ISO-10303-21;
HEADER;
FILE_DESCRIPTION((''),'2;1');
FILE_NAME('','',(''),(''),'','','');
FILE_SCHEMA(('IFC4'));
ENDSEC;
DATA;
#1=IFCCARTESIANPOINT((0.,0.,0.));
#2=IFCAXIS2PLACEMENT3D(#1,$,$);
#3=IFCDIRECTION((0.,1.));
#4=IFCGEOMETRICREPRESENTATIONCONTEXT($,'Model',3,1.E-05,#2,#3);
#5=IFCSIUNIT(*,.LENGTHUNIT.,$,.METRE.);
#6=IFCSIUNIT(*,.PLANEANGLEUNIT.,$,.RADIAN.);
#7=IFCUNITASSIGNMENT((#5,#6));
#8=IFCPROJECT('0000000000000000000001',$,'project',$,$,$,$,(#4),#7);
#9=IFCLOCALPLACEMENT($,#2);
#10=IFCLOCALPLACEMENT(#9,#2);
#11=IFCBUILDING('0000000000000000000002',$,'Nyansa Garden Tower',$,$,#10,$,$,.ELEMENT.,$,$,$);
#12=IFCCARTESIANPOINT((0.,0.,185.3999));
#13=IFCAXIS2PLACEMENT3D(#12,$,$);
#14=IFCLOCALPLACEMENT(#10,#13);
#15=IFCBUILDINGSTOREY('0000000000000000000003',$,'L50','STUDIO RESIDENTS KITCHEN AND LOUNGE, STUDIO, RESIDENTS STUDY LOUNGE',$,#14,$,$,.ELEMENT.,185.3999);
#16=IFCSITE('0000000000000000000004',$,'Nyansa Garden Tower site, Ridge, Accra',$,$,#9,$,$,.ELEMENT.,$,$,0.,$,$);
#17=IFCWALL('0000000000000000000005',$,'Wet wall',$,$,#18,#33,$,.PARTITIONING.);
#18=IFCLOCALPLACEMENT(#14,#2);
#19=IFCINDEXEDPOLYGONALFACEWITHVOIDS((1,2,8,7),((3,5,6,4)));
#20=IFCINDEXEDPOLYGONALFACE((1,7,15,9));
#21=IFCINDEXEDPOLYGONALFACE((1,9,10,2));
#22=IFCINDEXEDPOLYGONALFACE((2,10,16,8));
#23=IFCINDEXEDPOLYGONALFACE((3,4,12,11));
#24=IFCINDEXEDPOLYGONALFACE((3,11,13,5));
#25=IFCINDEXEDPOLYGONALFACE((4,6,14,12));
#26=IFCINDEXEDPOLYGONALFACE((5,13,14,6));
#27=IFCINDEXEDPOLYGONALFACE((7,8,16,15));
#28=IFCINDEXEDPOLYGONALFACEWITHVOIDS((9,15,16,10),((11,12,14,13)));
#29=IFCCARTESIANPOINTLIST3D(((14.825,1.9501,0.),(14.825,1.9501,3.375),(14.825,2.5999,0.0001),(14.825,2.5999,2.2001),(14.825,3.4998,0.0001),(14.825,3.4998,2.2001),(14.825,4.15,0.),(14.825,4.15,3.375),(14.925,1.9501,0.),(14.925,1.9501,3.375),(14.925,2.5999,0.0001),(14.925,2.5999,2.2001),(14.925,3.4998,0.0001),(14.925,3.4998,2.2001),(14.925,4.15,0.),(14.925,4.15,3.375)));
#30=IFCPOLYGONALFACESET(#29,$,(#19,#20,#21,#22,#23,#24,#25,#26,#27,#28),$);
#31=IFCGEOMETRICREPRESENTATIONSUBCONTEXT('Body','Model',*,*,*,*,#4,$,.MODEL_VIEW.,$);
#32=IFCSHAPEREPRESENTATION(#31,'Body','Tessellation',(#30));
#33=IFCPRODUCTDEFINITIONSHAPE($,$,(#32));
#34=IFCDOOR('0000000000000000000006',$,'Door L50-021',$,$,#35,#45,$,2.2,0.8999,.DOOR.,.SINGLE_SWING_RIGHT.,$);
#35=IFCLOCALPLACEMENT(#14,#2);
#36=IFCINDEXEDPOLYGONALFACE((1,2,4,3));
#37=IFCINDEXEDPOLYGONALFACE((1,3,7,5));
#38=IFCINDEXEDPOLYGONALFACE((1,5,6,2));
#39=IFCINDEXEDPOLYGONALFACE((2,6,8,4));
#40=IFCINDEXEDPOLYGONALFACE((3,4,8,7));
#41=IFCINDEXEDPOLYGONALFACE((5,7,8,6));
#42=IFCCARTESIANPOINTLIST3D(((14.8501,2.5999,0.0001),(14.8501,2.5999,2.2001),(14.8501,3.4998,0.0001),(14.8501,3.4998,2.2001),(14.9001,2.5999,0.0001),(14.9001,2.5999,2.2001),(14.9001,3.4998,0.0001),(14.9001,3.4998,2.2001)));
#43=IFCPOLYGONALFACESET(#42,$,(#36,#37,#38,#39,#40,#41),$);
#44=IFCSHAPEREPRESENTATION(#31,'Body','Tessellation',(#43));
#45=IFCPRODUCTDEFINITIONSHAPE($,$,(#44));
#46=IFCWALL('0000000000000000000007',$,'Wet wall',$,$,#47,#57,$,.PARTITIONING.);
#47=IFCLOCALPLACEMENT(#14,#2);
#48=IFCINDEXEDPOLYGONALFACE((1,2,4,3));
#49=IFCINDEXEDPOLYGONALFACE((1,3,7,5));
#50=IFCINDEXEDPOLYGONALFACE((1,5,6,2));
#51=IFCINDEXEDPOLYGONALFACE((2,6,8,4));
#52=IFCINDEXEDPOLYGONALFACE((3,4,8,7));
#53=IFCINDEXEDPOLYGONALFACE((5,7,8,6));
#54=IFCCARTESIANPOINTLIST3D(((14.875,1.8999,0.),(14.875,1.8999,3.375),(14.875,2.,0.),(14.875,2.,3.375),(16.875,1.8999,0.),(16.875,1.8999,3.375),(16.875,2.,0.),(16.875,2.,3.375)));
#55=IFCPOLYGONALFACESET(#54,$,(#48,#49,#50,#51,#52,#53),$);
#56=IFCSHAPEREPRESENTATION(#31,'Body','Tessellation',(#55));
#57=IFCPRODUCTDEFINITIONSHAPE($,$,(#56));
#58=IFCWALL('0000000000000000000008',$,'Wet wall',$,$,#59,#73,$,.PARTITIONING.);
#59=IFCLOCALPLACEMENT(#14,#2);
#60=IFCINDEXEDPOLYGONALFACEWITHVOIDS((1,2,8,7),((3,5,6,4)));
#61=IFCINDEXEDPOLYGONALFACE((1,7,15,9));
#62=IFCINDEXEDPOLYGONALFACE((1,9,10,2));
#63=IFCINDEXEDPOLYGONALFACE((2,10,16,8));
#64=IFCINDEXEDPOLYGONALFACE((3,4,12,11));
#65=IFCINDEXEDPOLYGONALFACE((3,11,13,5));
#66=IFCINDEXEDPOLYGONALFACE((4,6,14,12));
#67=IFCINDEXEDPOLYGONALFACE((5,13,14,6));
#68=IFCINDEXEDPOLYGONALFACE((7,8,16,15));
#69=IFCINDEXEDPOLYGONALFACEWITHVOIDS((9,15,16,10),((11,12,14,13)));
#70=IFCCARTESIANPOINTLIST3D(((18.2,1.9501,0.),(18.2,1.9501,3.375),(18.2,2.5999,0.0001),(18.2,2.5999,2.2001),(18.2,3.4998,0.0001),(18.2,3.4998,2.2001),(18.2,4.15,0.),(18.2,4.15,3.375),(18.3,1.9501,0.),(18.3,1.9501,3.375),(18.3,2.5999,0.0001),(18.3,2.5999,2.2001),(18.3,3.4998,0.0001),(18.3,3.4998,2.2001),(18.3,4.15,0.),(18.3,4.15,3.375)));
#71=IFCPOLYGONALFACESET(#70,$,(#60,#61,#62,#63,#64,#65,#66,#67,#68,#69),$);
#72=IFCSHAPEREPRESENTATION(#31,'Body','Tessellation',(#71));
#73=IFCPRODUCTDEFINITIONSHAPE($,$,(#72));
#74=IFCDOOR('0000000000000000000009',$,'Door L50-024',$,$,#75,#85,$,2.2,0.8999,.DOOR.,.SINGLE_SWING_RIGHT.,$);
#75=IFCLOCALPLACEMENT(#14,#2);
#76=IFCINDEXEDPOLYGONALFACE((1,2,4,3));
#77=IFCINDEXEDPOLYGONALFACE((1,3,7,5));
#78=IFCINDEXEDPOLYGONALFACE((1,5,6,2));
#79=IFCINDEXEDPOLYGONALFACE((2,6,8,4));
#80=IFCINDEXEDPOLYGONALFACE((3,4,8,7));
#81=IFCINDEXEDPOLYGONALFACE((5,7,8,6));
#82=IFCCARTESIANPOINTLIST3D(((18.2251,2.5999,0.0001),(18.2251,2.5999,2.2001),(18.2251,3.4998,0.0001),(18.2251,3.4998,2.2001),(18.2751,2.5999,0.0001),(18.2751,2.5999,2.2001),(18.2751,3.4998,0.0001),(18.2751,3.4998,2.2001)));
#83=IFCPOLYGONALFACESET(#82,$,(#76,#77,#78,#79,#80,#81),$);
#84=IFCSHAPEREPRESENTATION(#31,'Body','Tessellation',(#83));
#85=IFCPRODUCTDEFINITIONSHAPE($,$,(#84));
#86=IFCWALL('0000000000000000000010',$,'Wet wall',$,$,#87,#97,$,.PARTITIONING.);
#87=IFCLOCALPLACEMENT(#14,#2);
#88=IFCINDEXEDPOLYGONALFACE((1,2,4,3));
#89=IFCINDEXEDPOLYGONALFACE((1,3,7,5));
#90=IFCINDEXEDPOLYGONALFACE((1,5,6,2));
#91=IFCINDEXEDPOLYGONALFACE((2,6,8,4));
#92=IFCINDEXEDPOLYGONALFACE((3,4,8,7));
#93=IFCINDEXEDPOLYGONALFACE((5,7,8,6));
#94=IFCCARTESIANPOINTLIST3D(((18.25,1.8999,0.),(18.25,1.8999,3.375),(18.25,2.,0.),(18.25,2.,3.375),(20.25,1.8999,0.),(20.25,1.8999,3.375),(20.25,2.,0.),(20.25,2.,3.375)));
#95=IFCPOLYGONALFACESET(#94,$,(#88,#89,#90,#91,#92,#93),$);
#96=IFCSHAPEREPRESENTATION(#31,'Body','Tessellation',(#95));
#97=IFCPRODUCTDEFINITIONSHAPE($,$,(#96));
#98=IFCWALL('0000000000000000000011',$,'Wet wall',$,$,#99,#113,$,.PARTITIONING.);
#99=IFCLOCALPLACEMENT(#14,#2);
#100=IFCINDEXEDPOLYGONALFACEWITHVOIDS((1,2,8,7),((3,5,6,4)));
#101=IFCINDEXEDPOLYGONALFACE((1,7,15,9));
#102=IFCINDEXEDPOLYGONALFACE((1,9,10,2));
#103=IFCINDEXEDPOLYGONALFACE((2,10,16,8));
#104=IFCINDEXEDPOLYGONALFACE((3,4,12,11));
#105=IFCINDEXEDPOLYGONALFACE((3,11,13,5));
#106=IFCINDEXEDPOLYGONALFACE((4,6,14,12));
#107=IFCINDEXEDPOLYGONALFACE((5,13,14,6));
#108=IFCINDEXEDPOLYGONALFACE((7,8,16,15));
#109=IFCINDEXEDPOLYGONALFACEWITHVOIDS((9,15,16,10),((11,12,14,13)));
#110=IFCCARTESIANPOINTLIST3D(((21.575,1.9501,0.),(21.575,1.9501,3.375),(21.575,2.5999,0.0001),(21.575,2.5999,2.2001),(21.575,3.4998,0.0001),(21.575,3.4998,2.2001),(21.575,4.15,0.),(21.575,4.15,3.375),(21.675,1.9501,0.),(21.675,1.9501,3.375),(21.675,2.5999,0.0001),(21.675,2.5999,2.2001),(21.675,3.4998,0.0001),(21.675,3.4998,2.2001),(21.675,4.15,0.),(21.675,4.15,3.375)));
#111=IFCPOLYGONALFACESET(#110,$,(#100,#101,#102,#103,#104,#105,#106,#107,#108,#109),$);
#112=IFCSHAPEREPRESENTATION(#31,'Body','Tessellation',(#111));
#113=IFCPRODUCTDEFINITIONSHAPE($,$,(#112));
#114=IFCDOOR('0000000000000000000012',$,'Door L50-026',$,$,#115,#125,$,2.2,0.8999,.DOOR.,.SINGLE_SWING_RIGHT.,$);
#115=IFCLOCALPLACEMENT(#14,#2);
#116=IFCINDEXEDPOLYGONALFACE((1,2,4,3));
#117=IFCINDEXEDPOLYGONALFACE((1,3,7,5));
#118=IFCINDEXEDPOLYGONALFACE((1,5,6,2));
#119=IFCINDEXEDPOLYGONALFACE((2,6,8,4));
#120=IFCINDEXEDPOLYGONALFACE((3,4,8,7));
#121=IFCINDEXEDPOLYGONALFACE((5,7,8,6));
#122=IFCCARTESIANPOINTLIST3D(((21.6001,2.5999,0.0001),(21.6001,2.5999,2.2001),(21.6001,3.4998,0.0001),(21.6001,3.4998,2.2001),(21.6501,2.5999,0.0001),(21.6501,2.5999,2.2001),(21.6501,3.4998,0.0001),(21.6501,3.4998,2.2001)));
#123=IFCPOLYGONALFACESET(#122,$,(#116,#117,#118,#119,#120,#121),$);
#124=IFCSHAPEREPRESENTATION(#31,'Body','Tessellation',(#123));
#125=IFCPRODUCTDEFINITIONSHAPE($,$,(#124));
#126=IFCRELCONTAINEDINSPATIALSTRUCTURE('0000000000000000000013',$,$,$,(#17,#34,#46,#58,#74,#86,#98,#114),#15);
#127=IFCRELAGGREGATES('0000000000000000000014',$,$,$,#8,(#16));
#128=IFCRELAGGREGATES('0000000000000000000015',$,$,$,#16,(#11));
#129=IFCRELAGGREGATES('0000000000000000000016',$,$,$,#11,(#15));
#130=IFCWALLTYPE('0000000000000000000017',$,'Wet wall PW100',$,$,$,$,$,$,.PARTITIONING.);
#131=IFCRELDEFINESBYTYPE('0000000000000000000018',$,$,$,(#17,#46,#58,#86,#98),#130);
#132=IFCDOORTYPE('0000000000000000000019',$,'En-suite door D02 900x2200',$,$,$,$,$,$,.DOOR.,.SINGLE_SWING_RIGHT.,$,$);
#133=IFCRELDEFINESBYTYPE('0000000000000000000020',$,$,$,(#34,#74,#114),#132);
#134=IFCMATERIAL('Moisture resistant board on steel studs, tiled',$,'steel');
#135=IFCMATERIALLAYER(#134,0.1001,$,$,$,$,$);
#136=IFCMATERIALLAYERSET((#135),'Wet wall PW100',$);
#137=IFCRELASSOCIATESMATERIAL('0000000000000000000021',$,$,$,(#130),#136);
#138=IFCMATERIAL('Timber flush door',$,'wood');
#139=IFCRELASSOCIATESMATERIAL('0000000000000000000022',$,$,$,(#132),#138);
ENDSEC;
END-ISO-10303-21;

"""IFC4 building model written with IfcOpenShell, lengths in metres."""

from ifc_helpers import new_model, si_unit, direction, frame, frame_2d, origin, place, context, subcontext, project, spatial, rectangle, extrude, material, layer, layer_set, type_object, element, fill, save


model = new_model("IFC4")

# Units and contexts
model_context = context("Model", 3, precision=1e-05, world=origin(), true_north=direction((0.0, 1.0)))
body_context = subcontext(model_context, "Body", "Model", "MODEL_VIEW")
ifc_project = project(units=[si_unit("LENGTHUNIT", "METRE"), si_unit("PLANEANGLEUNIT", "RADIAN")], contexts=[model_context])

# Site, building, storey
site_placement = place(None, origin())
site = spatial("IfcSite", under=ifc_project, at=site_placement, Name="Nyansa Garden Tower site, Ridge, Accra", CompositionType="ELEMENT", RefElevation=0.0)
building_placement = place(site_placement, origin())
building = spatial("IfcBuilding", under=site, at=building_placement, Name="Nyansa Garden Tower", CompositionType="ELEMENT")
storey_placement = place(building_placement, frame((0.0, 0.0, 185.3999)))
storey = spatial("IfcBuildingStorey", under=building, at=storey_placement, Name="L50", Description="STUDIO RESIDENTS KITCHEN AND LOUNGE, STUDIO, RESIDENTS STUDY LOUNGE", CompositionType="ELEMENT", Elevation=185.3999)

# Wall, opening, door
ifc_material_1 = material(Name="Moisture resistant board on steel studs, tiled", Category="steel")
ifc_layer_1 = layer(ifc_material_1, 0.1001)
ifc_layer_set_1 = layer_set([ifc_layer_1], Name="Wet wall PW100")
wall_type_1 = type_object("IfcWallType", Name="Wet wall PW100", PredefinedType="PARTITIONING", material=ifc_layer_set_1)
wall_1_placement = place(storey_placement, frame((14.875, 1.95, 0.0), z_axis=(0.0, 0.0, 1.0), x_axis=(0.0, 1.0, 0.0)))
wall_1 = element("IfcWall", 1, at=wall_1_placement, inside=storey, type_object=wall_type_1, Name="Wet wall", PredefinedType="PARTITIONING", context=body_context, shape_type="SweptSolid", body=[
    extrude(rectangle(XDim=2.2, YDim=0.1001, at=frame_2d((1.1001, 0.0))), origin(), (0.0, 0.0, 1.0), 3.375),
])
opening_1_placement = place(wall_1_placement, frame((0.6499, 0.0, 0.0)))
opening_1 = element("IfcOpeningElement", 2, at=opening_1_placement, cuts=wall_1, PredefinedType="OPENING", context=body_context, shape_type="SweptSolid", body=[
    extrude(rectangle(XDim=0.8999, YDim=2.2, at=frame_2d((0.45, 1.1001))), frame((0.0, 0.0601, 0.0), z_axis=(0.0, -1.0, 0.0), x_axis=(1.0, 0.0, 0.0)), (0.0, 0.0, 1.0), 0.1201),
])
ifc_material_2 = material(Name="Timber flush door", Category="wood")
door_type_1 = type_object("IfcDoorType", Name="En-suite door D02 900x2200", OperationType="SINGLE_SWING_RIGHT", PredefinedType="DOOR", material=ifc_material_2)
door_1_placement = place(opening_1_placement, origin())
door_1 = element("IfcDoor", 3, at=door_1_placement, inside=storey, type_object=door_type_1, Name="Door L50-021", OperationType="SINGLE_SWING_RIGHT", OverallHeight=2.2, OverallWidth=0.8999, PredefinedType="DOOR", context=body_context, shape_type="SweptSolid", body=[
    extrude(rectangle(XDim=0.8999, YDim=2.2, at=frame_2d((0.45, 1.1001))), frame((0.0, 0.0249, 0.0), z_axis=(0.0, -1.0, 0.0), x_axis=(1.0, 0.0, 0.0)), (0.0, 0.0, 1.0), 0.05),
])
fill(opening_1, door_1)

# Wall
wall_2_placement = place(storey_placement, frame((14.875, 1.95, 0.0), z_axis=(0.0, 0.0, 1.0), x_axis=(1.0, 0.0, 0.0)))
element("IfcWall", 4, at=wall_2_placement, inside=storey, type_object=wall_type_1, Name="Wet wall", PredefinedType="PARTITIONING", context=body_context, shape_type="SweptSolid", body=[
    extrude(rectangle(XDim=2.0, YDim=0.1001, at=frame_2d((1.0, 0.0))), origin(), (0.0, 0.0, 1.0), 3.375),
])

# Wall, opening, door
wall_3_placement = place(storey_placement, frame((18.25, 1.95, 0.0), z_axis=(0.0, 0.0, 1.0), x_axis=(0.0, 1.0, 0.0)))
wall_3 = element("IfcWall", 5, at=wall_3_placement, inside=storey, type_object=wall_type_1, Name="Wet wall", PredefinedType="PARTITIONING", context=body_context, shape_type="SweptSolid", body=[
    extrude(rectangle(XDim=2.2, YDim=0.1001, at=frame_2d((1.1001, 0.0))), origin(), (0.0, 0.0, 1.0), 3.375),
])
opening_2_placement = place(wall_3_placement, frame((0.6499, 0.0, 0.0)))
opening_2 = element("IfcOpeningElement", 6, at=opening_2_placement, cuts=wall_3, PredefinedType="OPENING", context=body_context, shape_type="SweptSolid", body=[
    extrude(rectangle(XDim=0.8999, YDim=2.2, at=frame_2d((0.45, 1.1001))), frame((0.0, 0.0601, 0.0), z_axis=(0.0, -1.0, 0.0), x_axis=(1.0, 0.0, 0.0)), (0.0, 0.0, 1.0), 0.1201),
])
door_2_placement = place(opening_2_placement, origin())
door_2 = element("IfcDoor", 7, at=door_2_placement, inside=storey, type_object=door_type_1, Name="Door L50-024", OperationType="SINGLE_SWING_RIGHT", OverallHeight=2.2, OverallWidth=0.8999, PredefinedType="DOOR", context=body_context, shape_type="SweptSolid", body=[
    extrude(rectangle(XDim=0.8999, YDim=2.2, at=frame_2d((0.45, 1.1001))), frame((0.0, 0.0249, 0.0), z_axis=(0.0, -1.0, 0.0), x_axis=(1.0, 0.0, 0.0)), (0.0, 0.0, 1.0), 0.05),
])
fill(opening_2, door_2)

# Wall
wall_4_placement = place(storey_placement, frame((18.25, 1.95, 0.0), z_axis=(0.0, 0.0, 1.0), x_axis=(1.0, 0.0, 0.0)))
element("IfcWall", 8, at=wall_4_placement, inside=storey, type_object=wall_type_1, Name="Wet wall", PredefinedType="PARTITIONING", context=body_context, shape_type="SweptSolid", body=[
    extrude(rectangle(XDim=2.0, YDim=0.1001, at=frame_2d((1.0, 0.0))), origin(), (0.0, 0.0, 1.0), 3.375),
])

# Wall, opening, door
wall_5_placement = place(storey_placement, frame((21.625, 1.95, 0.0), z_axis=(0.0, 0.0, 1.0), x_axis=(0.0, 1.0, 0.0)))
wall_5 = element("IfcWall", 9, at=wall_5_placement, inside=storey, type_object=wall_type_1, Name="Wet wall", PredefinedType="PARTITIONING", context=body_context, shape_type="SweptSolid", body=[
    extrude(rectangle(XDim=2.2, YDim=0.1001, at=frame_2d((1.1001, 0.0))), origin(), (0.0, 0.0, 1.0), 3.375),
])
opening_3_placement = place(wall_5_placement, frame((0.6499, 0.0, 0.0)))
opening_3 = element("IfcOpeningElement", 10, at=opening_3_placement, cuts=wall_5, PredefinedType="OPENING", context=body_context, shape_type="SweptSolid", body=[
    extrude(rectangle(XDim=0.8999, YDim=2.2, at=frame_2d((0.45, 1.1001))), frame((0.0, 0.0601, 0.0), z_axis=(0.0, -1.0, 0.0), x_axis=(1.0, 0.0, 0.0)), (0.0, 0.0, 1.0), 0.1201),
])
door_3_placement = place(opening_3_placement, origin())
door_3 = element("IfcDoor", 11, at=door_3_placement, inside=storey, type_object=door_type_1, Name="Door L50-026", OperationType="SINGLE_SWING_RIGHT", OverallHeight=2.2, OverallWidth=0.8999, PredefinedType="DOOR", context=body_context, shape_type="SweptSolid", body=[
    extrude(rectangle(XDim=0.8999, YDim=2.2, at=frame_2d((0.45, 1.1001))), frame((0.0, 0.0249, 0.0), z_axis=(0.0, -1.0, 0.0), x_axis=(1.0, 0.0, 0.0)), (0.0, 0.0, 1.0), 0.05),
])
fill(opening_3, door_3)

save(model, "model.ifc")
